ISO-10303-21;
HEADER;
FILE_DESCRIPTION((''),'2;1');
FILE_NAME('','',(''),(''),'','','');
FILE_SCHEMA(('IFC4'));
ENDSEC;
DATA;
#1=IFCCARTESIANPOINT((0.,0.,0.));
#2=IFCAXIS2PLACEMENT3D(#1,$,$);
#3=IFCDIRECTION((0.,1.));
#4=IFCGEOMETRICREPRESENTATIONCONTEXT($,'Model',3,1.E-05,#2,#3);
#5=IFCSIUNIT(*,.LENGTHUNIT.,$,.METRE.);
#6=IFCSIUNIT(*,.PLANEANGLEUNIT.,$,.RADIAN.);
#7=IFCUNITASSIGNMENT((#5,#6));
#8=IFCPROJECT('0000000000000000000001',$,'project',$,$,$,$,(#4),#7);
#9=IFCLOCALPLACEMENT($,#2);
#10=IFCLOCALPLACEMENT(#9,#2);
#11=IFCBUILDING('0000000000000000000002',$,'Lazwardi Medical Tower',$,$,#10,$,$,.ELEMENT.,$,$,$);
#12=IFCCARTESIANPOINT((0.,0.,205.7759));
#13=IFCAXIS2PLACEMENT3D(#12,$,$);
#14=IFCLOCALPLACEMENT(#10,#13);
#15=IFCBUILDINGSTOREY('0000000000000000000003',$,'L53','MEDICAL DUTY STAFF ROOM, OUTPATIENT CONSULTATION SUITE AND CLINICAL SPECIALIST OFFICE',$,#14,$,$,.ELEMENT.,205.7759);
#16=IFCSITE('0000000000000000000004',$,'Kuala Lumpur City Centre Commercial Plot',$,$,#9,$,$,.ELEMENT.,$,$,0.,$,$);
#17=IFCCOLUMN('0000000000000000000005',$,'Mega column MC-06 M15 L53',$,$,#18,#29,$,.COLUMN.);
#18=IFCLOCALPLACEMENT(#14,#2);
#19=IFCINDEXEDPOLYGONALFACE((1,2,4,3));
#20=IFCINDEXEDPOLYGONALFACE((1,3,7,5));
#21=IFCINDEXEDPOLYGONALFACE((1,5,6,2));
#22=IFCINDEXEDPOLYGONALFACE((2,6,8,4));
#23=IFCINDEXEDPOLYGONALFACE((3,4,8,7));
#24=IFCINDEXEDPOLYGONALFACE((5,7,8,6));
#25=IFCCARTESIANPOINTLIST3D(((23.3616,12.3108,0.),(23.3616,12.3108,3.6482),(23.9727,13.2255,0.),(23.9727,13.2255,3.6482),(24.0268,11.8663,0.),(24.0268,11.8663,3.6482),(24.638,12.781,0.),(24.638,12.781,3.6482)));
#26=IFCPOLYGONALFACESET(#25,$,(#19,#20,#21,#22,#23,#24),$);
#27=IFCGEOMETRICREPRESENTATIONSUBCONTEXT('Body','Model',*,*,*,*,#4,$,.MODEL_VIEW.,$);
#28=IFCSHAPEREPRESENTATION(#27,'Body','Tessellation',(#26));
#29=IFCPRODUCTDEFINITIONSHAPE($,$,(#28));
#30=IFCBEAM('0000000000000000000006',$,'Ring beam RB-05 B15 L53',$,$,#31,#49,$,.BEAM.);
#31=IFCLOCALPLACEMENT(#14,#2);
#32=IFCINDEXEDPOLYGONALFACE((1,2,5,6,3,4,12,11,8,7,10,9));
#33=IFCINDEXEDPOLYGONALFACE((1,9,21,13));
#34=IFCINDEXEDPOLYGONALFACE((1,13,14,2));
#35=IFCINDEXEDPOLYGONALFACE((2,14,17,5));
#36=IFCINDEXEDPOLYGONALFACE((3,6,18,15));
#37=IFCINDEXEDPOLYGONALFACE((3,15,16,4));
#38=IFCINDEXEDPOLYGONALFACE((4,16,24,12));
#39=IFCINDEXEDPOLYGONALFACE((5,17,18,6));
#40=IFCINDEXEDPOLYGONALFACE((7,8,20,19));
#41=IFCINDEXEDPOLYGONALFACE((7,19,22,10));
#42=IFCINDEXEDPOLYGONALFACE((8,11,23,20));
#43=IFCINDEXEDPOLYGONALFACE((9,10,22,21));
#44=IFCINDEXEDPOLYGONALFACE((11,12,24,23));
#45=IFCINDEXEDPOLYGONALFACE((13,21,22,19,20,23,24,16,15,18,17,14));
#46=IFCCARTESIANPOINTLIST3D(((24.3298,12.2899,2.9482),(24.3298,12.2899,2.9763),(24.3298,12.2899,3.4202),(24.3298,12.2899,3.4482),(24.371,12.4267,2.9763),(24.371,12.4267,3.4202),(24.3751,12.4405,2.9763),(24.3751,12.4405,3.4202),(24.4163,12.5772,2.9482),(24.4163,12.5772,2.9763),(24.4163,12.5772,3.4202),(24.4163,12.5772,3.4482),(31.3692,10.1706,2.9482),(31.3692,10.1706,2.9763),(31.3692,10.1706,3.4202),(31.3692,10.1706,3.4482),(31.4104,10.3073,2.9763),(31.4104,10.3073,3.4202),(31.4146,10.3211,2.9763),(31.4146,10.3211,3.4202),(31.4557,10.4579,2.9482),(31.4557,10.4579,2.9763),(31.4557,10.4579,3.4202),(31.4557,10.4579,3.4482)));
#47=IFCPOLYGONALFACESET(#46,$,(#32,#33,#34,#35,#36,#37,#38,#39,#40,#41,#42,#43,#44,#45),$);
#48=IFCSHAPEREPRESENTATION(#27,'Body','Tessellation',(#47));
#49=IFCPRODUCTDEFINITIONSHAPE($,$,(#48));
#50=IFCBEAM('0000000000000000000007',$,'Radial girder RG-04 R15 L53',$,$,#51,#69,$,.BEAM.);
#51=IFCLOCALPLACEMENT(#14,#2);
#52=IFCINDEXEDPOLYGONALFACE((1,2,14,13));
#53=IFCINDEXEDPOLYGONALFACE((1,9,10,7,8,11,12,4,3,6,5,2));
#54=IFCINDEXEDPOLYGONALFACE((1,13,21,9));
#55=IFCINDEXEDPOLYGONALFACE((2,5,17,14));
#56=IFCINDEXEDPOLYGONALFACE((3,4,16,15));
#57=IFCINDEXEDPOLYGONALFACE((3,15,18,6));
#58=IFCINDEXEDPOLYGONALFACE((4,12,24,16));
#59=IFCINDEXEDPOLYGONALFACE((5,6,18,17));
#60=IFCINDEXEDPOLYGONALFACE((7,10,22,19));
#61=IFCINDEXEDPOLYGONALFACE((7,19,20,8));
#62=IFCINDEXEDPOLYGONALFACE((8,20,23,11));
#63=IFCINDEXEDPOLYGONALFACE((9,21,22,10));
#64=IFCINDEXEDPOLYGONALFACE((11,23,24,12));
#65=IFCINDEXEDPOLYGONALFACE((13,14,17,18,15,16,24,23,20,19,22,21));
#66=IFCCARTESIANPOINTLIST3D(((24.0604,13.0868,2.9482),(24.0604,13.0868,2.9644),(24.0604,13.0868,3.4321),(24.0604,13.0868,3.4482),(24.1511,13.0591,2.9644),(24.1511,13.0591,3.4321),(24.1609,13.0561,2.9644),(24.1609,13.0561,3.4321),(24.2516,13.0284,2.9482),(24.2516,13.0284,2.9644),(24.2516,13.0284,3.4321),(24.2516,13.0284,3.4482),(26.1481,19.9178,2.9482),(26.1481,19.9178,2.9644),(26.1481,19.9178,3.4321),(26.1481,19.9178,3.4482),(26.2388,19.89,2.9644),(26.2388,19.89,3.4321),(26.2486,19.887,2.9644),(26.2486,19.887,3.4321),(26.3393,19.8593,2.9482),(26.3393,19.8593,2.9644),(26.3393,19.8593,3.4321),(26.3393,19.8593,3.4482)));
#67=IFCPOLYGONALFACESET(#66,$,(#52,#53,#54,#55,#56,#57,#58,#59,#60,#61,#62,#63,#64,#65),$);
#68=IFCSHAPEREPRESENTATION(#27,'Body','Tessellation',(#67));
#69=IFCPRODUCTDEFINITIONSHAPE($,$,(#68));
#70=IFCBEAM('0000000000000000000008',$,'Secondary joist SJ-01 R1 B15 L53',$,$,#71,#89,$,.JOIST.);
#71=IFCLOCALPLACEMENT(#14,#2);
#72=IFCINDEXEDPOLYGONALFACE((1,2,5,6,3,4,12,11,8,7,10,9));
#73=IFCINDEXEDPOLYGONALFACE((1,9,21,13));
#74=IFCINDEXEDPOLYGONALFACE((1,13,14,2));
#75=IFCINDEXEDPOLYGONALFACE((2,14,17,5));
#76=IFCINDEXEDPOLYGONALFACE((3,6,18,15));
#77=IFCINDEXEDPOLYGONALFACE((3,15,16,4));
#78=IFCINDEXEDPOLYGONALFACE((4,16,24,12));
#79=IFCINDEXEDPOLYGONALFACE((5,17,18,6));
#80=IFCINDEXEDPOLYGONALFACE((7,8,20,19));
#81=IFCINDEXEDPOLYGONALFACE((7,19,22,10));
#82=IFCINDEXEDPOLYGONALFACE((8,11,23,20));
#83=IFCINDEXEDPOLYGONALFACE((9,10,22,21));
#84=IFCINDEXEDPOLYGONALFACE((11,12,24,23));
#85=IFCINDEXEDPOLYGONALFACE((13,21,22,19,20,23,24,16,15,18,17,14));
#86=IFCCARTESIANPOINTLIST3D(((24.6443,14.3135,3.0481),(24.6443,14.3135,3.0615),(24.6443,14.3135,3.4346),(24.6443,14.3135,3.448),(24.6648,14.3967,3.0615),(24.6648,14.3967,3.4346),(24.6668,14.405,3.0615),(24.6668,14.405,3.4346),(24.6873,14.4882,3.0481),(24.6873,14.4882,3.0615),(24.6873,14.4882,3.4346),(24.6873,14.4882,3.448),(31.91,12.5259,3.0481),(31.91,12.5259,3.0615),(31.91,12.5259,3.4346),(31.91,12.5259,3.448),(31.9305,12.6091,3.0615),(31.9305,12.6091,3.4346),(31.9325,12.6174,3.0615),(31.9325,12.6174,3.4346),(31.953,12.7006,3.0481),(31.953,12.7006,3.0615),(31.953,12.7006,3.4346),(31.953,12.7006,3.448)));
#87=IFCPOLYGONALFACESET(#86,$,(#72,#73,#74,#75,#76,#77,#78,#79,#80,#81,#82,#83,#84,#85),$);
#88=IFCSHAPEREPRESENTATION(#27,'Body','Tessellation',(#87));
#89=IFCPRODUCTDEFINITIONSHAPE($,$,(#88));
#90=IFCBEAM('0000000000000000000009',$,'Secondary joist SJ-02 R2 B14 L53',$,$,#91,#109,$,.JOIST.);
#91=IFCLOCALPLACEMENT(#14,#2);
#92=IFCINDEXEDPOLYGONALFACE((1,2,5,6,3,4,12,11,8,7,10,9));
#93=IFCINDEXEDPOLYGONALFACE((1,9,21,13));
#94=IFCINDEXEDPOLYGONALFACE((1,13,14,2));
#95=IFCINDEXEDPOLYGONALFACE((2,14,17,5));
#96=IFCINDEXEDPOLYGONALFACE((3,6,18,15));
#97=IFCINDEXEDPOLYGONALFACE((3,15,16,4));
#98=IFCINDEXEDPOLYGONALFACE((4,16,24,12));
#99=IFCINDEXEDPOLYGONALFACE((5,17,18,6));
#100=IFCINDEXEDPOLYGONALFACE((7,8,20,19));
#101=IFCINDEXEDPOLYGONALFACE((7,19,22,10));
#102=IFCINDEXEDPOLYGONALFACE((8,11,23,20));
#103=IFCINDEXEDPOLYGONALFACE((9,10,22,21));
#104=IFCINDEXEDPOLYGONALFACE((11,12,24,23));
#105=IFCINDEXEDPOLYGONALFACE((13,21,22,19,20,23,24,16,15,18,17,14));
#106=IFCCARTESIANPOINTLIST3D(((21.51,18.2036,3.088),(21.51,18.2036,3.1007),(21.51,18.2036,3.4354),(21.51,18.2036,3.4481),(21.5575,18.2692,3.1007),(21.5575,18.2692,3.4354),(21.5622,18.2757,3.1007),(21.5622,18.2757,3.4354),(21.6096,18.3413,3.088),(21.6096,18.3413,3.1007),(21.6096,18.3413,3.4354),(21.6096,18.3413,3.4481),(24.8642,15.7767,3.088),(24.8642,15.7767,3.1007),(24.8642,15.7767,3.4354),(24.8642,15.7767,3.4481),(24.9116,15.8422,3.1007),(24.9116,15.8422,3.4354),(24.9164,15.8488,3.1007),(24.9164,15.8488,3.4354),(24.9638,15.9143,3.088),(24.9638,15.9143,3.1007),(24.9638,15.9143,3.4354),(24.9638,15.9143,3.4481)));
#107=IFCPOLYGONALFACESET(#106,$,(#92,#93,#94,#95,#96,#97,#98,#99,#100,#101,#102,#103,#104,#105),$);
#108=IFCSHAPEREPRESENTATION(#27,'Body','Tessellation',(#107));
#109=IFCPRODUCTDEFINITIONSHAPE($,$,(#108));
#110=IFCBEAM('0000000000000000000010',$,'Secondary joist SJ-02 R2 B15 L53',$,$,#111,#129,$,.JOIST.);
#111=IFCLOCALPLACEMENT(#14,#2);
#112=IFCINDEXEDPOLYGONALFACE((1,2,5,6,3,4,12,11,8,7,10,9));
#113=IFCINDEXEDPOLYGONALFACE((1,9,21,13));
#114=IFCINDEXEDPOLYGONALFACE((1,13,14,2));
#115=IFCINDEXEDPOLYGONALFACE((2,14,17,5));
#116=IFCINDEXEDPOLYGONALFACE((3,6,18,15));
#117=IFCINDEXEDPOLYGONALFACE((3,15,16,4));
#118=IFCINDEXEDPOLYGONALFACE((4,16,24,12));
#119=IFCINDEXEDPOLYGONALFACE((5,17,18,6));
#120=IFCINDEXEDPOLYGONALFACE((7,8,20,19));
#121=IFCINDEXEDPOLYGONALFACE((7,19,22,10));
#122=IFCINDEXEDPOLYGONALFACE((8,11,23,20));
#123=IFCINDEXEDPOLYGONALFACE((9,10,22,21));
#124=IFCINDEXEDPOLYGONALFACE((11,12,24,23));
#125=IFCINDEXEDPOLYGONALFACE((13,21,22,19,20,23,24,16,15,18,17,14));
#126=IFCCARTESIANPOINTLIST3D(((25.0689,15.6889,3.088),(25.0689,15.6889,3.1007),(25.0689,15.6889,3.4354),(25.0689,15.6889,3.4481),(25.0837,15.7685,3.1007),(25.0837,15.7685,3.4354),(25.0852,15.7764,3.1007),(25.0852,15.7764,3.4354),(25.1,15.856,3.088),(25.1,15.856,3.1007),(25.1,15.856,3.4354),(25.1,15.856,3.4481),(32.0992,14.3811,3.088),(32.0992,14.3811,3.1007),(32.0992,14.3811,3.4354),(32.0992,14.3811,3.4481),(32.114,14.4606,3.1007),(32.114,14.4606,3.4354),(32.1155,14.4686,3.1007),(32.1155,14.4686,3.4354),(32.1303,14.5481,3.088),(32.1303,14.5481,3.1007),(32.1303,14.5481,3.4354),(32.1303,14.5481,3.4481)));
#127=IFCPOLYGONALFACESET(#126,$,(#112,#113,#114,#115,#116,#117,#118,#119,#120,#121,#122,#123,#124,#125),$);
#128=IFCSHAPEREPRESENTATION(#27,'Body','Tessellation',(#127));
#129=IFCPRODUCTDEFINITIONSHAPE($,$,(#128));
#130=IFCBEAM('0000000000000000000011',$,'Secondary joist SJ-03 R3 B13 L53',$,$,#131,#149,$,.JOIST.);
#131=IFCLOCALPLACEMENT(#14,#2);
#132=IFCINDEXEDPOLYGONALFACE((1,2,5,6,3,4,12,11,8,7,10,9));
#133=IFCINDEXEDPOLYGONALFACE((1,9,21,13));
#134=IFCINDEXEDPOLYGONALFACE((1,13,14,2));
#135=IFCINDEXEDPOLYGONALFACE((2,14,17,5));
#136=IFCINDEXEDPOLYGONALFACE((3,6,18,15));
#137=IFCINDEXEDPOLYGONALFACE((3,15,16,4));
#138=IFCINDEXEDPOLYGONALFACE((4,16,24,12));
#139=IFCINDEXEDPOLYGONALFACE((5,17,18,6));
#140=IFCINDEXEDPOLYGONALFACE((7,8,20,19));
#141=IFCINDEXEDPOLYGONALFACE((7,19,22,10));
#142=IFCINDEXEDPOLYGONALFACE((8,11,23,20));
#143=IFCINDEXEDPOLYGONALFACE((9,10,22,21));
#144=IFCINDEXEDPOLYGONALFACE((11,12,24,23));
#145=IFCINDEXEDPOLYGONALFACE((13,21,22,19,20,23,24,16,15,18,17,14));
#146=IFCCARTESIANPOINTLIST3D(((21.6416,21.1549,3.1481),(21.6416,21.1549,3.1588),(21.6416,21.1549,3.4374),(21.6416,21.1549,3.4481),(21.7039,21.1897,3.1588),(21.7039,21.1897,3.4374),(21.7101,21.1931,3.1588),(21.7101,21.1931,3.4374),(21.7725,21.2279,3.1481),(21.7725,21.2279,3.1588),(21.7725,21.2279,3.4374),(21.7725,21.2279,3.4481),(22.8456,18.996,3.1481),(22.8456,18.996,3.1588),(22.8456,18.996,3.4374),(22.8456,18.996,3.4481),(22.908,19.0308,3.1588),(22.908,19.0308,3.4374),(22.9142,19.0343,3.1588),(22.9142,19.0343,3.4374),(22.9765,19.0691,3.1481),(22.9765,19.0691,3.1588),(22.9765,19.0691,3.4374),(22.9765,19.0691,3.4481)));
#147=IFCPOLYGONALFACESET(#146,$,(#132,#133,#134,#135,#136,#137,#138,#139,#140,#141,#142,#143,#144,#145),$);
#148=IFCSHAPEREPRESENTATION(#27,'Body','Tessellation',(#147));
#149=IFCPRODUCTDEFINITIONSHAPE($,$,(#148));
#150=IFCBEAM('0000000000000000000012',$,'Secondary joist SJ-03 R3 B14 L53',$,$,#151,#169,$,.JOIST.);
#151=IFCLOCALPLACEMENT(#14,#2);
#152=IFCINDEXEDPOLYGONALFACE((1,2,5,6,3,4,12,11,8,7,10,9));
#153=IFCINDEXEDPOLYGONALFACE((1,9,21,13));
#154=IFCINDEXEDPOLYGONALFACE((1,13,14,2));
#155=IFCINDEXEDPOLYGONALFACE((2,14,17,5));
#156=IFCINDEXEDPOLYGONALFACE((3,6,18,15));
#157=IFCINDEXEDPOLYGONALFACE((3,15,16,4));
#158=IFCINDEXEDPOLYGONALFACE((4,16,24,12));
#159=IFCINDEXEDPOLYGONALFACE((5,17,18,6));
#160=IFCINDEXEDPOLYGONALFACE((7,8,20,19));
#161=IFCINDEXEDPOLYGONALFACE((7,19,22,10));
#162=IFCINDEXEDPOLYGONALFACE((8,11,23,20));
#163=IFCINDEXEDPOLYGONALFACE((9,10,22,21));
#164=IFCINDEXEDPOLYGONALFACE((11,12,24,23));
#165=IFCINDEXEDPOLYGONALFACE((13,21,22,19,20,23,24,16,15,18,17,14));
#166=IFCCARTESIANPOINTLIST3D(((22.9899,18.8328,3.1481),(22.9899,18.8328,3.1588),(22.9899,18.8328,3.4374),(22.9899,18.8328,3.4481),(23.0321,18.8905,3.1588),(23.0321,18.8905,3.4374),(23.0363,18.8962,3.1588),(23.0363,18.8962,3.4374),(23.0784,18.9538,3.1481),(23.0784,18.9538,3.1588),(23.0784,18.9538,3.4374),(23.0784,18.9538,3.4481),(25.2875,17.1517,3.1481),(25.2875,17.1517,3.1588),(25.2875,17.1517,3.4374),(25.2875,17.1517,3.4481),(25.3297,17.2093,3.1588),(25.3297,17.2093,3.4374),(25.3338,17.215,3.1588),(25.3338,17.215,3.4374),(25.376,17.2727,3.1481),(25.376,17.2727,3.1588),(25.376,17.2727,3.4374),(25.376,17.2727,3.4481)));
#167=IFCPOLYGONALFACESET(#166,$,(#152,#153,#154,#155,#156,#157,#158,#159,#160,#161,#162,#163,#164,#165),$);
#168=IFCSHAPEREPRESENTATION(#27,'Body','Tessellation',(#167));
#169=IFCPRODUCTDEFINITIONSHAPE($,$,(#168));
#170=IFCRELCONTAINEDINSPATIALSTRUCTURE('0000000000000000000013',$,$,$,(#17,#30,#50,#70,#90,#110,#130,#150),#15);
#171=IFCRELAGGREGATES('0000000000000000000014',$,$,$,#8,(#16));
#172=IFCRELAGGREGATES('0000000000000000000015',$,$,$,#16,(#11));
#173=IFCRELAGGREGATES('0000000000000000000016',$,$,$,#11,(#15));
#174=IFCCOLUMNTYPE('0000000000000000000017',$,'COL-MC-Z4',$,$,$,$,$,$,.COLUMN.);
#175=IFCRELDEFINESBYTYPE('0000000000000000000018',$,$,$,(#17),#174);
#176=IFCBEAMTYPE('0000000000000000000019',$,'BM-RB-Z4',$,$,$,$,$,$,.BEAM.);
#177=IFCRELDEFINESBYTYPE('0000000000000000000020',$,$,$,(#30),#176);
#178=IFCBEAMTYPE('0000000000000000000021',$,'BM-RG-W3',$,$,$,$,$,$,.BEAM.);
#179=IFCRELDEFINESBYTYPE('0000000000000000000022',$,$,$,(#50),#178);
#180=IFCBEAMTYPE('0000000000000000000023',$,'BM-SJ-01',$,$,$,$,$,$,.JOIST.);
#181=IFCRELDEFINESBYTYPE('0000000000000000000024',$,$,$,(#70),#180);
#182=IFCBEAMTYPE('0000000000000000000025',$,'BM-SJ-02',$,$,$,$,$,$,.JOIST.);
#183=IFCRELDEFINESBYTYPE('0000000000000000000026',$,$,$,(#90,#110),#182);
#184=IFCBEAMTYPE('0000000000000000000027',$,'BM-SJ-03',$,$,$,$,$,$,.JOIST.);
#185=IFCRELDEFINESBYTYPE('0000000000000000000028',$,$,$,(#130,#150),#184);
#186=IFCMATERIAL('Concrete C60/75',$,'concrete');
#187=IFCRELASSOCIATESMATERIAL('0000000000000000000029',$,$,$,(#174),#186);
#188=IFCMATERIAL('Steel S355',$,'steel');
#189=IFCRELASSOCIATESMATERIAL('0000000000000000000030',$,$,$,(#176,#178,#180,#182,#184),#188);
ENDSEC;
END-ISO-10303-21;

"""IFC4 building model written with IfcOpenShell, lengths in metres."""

from ifc_helpers import new_model, si_unit, direction, frame, origin, origin_2d, place, context, subcontext, project, spatial, rectangle, i_section, extrude, material, material_profile, profile_set, type_object, element, save


model = new_model("IFC4")

# Units and contexts
model_context = context("Model", 3, precision=1e-05, world=origin(), true_north=direction((0.0, 1.0)))
body_context = subcontext(model_context, "Body", "Model", "MODEL_VIEW")
ifc_project = project(units=[si_unit("LENGTHUNIT", "METRE"), si_unit("PLANEANGLEUNIT", "RADIAN")], contexts=[model_context])

# Site, building, storey
site_placement = place(None, origin())
site = spatial("IfcSite", under=ifc_project, at=site_placement, Name="Kuala Lumpur City Centre Commercial Plot", CompositionType="ELEMENT", RefElevation=0.0)
building_placement = place(site_placement, origin())
building = spatial("IfcBuilding", under=site, at=building_placement, Name="Lazwardi Medical Tower", CompositionType="ELEMENT")
storey_placement = place(building_placement, frame((0.0, 0.0, 205.7759)))
storey = spatial("IfcBuildingStorey", under=building, at=storey_placement, Name="L53", Description="MEDICAL DUTY STAFF ROOM, OUTPATIENT CONSULTATION SUITE AND CLINICAL SPECIALIST OFFICE", CompositionType="ELEMENT", Elevation=205.7759)

# Column
ifc_material_1 = material(Name="Concrete C60/75", Category="concrete")
ifc_material_profile_1 = material_profile(ifc_material_1, rectangle(XDim=1.1001, YDim=0.8, at=origin_2d()), Name="CFT-RECT 1100x800")
ifc_profile_set_1 = profile_set([ifc_material_profile_1], Name="Concrete C60/75")
column_type = type_object("IfcColumnType", Name="COL-MC-Z4", PredefinedType="COLUMN", material=ifc_profile_set_1)
column_placement = place(storey_placement, frame((23.9998, 12.5459, 0.0), z_axis=(0.0, 0.0, 1.0), x_axis=(-0.55557, -0.83147, 0.0)))
element("IfcColumn", 1, at=column_placement, inside=storey, type_object=column_type, Name="Mega column MC-06 M15 L53", PredefinedType="COLUMN", context=body_context, shape_type="SweptSolid", body=[
    extrude(rectangle(XDim=1.1001, YDim=0.8, at=origin_2d()), origin(), (0.0, 0.0, 1.0), 3.6482),
])

# Beams
ifc_material_2 = material(Name="Steel S355", Category="steel")
ifc_material_profile_2 = material_profile(ifc_material_2, i_section(OverallWidth=0.3, OverallDepth=0.5, WebThickness=0.0144, FlangeThickness=0.0281, at=origin_2d()), Name="HEB 500")
ifc_profile_set_2 = profile_set([ifc_material_profile_2], Name="Steel S355")
beam_type_1 = type_object("IfcBeamType", Name="BM-RB-Z4", PredefinedType="BEAM", material=ifc_profile_set_2)
beam_1_placement = place(storey_placement, frame((24.373, 12.4336, 3.1982), z_axis=(0.957544, -0.288286, 0.0), x_axis=(0.288286, 0.957544, 0.0)))
element("IfcBeam", 2, at=beam_1_placement, inside=storey, type_object=beam_type_1, Name="Ring beam RB-05 B15 L53", PredefinedType="BEAM", context=body_context, shape_type="SweptSolid", body=[
    extrude(i_section(OverallWidth=0.3, OverallDepth=0.5, WebThickness=0.0144, FlangeThickness=0.0281, at=origin_2d()), origin(), (0.0, 0.0, 1.0), 7.3516),
])
ifc_material_profile_3 = material_profile(ifc_material_2, i_section(OverallWidth=0.2, OverallDepth=0.5, WebThickness=0.0103, FlangeThickness=0.0161, at=origin_2d()), Name="IPE 500")
ifc_profile_set_3 = profile_set([ifc_material_profile_3], Name="Steel S355")
beam_type_2 = type_object("IfcBeamType", Name="BM-RG-W3", PredefinedType="BEAM", material=ifc_profile_set_3)
beam_2_placement = place(storey_placement, frame((24.156, 13.0576, 3.1982), z_axis=(0.292277, 0.956334, 0.0), x_axis=(-0.956334, 0.292277, 0.0)))
element("IfcBeam", 3, at=beam_2_placement, inside=storey, type_object=beam_type_2, Name="Radial girder RG-04 R15 L53", PredefinedType="BEAM", context=body_context, shape_type="SweptSolid", body=[
    extrude(i_section(OverallWidth=0.2, OverallDepth=0.5, WebThickness=0.0103, FlangeThickness=0.0161, at=origin_2d()), origin(), (0.0, 0.0, 1.0), 7.1428),
])
ifc_material_profile_4 = material_profile(ifc_material_2, i_section(OverallWidth=0.1799, OverallDepth=0.3999, WebThickness=0.0085, FlangeThickness=0.0134, at=origin_2d()), Name="IPE 400")
ifc_profile_set_4 = profile_set([ifc_material_profile_4], Name="Steel S355")
beam_type_3 = type_object("IfcBeamType", Name="BM-SJ-01", PredefinedType="JOIST", material=ifc_profile_set_4)
beam_3_placement = place(storey_placement, frame((24.6658, 14.4009, 3.248), z_axis=(0.971042, -0.23891, 0.0), x_axis=(0.23891, 0.971042, 0.0)))
element("IfcBeam", 4, at=beam_3_placement, inside=storey, type_object=beam_type_3, Name="Secondary joist SJ-01 R1 B15 L53", PredefinedType="JOIST", context=body_context, shape_type="SweptSolid", body=[
    extrude(i_section(OverallWidth=0.1799, OverallDepth=0.3999, WebThickness=0.0085, FlangeThickness=0.0134, at=origin_2d()), origin(), (0.0, 0.0, 1.0), 7.4824),
])
ifc_material_profile_5 = material_profile(ifc_material_2, i_section(OverallWidth=0.1699, OverallDepth=0.3601, WebThickness=0.0081, FlangeThickness=0.0127, at=origin_2d()), Name="IPE 360")
ifc_profile_set_5 = profile_set([ifc_material_profile_5], Name="Steel S355")
beam_type_4 = type_object("IfcBeamType", Name="BM-SJ-02", PredefinedType="JOIST", material=ifc_profile_set_5)
beam_4_placement = place(storey_placement, frame((21.5598, 18.2725, 3.2681), z_axis=(0.810164, -0.586203, 0.0), x_axis=(0.586203, 0.810164, 0.0)))
element("IfcBeam", 5, at=beam_4_placement, inside=storey, type_object=beam_type_4, Name="Secondary joist SJ-02 R2 B14 L53", PredefinedType="JOIST", context=body_context, shape_type="SweptSolid", body=[
    extrude(i_section(OverallWidth=0.1699, OverallDepth=0.3601, WebThickness=0.0081, FlangeThickness=0.0127, at=origin_2d()), origin(), (0.0, 0.0, 1.0), 4.1401),
])
beam_5_placement = place(storey_placement, frame((25.0845, 15.7725, 3.2681), z_axis=(0.983132, -0.182895, 0.0), x_axis=(0.182895, 0.983132, 0.0)))
element("IfcBeam", 6, at=beam_5_placement, inside=storey, type_object=beam_type_4, Name="Secondary joist SJ-02 R2 B15 L53", PredefinedType="JOIST", context=body_context, shape_type="SweptSolid", body=[
    extrude(i_section(OverallWidth=0.1699, OverallDepth=0.3601, WebThickness=0.0081, FlangeThickness=0.0127, at=origin_2d()), origin(), (0.0, 0.0, 1.0), 7.1509),
])
ifc_material_profile_6 = material_profile(ifc_material_2, i_section(OverallWidth=0.1499, OverallDepth=0.3, WebThickness=0.0071, FlangeThickness=0.0107, at=origin_2d()), Name="IPE 300")
ifc_profile_set_6 = profile_set([ifc_material_profile_6], Name="Steel S355")
beam_type_5 = type_object("IfcBeamType", Name="BM-SJ-03", PredefinedType="JOIST", material=ifc_profile_set_6)
beam_6_placement = place(storey_placement, frame((21.707, 21.1914, 3.2981), z_axis=(0.487093, -0.87335, 0.0), x_axis=(0.87335, 0.487093, 0.0)))
element("IfcBeam", 7, at=beam_6_placement, inside=storey, type_object=beam_type_5, Name="Secondary joist SJ-03 R3 B13 L53", PredefinedType="JOIST", context=body_context, shape_type="SweptSolid", body=[
    extrude(i_section(OverallWidth=0.1499, OverallDepth=0.3, WebThickness=0.0071, FlangeThickness=0.0107, at=origin_2d()), origin(), (0.0, 0.0, 1.0), 2.4719),
])
beam_7_placement = place(storey_placement, frame((23.0342, 18.8933, 3.2981), z_axis=(0.807034, -0.590505, 0.0), x_axis=(0.590505, 0.807034, 0.0)))
element("IfcBeam", 8, at=beam_7_placement, inside=storey, type_object=beam_type_5, Name="Secondary joist SJ-03 R3 B14 L53", PredefinedType="JOIST", context=body_context, shape_type="SweptSolid", body=[
    extrude(i_section(OverallWidth=0.1499, OverallDepth=0.3, WebThickness=0.0071, FlangeThickness=0.0107, at=origin_2d()), origin(), (0.0, 0.0, 1.0), 2.8469),
])

save(model, "model.ifc")
